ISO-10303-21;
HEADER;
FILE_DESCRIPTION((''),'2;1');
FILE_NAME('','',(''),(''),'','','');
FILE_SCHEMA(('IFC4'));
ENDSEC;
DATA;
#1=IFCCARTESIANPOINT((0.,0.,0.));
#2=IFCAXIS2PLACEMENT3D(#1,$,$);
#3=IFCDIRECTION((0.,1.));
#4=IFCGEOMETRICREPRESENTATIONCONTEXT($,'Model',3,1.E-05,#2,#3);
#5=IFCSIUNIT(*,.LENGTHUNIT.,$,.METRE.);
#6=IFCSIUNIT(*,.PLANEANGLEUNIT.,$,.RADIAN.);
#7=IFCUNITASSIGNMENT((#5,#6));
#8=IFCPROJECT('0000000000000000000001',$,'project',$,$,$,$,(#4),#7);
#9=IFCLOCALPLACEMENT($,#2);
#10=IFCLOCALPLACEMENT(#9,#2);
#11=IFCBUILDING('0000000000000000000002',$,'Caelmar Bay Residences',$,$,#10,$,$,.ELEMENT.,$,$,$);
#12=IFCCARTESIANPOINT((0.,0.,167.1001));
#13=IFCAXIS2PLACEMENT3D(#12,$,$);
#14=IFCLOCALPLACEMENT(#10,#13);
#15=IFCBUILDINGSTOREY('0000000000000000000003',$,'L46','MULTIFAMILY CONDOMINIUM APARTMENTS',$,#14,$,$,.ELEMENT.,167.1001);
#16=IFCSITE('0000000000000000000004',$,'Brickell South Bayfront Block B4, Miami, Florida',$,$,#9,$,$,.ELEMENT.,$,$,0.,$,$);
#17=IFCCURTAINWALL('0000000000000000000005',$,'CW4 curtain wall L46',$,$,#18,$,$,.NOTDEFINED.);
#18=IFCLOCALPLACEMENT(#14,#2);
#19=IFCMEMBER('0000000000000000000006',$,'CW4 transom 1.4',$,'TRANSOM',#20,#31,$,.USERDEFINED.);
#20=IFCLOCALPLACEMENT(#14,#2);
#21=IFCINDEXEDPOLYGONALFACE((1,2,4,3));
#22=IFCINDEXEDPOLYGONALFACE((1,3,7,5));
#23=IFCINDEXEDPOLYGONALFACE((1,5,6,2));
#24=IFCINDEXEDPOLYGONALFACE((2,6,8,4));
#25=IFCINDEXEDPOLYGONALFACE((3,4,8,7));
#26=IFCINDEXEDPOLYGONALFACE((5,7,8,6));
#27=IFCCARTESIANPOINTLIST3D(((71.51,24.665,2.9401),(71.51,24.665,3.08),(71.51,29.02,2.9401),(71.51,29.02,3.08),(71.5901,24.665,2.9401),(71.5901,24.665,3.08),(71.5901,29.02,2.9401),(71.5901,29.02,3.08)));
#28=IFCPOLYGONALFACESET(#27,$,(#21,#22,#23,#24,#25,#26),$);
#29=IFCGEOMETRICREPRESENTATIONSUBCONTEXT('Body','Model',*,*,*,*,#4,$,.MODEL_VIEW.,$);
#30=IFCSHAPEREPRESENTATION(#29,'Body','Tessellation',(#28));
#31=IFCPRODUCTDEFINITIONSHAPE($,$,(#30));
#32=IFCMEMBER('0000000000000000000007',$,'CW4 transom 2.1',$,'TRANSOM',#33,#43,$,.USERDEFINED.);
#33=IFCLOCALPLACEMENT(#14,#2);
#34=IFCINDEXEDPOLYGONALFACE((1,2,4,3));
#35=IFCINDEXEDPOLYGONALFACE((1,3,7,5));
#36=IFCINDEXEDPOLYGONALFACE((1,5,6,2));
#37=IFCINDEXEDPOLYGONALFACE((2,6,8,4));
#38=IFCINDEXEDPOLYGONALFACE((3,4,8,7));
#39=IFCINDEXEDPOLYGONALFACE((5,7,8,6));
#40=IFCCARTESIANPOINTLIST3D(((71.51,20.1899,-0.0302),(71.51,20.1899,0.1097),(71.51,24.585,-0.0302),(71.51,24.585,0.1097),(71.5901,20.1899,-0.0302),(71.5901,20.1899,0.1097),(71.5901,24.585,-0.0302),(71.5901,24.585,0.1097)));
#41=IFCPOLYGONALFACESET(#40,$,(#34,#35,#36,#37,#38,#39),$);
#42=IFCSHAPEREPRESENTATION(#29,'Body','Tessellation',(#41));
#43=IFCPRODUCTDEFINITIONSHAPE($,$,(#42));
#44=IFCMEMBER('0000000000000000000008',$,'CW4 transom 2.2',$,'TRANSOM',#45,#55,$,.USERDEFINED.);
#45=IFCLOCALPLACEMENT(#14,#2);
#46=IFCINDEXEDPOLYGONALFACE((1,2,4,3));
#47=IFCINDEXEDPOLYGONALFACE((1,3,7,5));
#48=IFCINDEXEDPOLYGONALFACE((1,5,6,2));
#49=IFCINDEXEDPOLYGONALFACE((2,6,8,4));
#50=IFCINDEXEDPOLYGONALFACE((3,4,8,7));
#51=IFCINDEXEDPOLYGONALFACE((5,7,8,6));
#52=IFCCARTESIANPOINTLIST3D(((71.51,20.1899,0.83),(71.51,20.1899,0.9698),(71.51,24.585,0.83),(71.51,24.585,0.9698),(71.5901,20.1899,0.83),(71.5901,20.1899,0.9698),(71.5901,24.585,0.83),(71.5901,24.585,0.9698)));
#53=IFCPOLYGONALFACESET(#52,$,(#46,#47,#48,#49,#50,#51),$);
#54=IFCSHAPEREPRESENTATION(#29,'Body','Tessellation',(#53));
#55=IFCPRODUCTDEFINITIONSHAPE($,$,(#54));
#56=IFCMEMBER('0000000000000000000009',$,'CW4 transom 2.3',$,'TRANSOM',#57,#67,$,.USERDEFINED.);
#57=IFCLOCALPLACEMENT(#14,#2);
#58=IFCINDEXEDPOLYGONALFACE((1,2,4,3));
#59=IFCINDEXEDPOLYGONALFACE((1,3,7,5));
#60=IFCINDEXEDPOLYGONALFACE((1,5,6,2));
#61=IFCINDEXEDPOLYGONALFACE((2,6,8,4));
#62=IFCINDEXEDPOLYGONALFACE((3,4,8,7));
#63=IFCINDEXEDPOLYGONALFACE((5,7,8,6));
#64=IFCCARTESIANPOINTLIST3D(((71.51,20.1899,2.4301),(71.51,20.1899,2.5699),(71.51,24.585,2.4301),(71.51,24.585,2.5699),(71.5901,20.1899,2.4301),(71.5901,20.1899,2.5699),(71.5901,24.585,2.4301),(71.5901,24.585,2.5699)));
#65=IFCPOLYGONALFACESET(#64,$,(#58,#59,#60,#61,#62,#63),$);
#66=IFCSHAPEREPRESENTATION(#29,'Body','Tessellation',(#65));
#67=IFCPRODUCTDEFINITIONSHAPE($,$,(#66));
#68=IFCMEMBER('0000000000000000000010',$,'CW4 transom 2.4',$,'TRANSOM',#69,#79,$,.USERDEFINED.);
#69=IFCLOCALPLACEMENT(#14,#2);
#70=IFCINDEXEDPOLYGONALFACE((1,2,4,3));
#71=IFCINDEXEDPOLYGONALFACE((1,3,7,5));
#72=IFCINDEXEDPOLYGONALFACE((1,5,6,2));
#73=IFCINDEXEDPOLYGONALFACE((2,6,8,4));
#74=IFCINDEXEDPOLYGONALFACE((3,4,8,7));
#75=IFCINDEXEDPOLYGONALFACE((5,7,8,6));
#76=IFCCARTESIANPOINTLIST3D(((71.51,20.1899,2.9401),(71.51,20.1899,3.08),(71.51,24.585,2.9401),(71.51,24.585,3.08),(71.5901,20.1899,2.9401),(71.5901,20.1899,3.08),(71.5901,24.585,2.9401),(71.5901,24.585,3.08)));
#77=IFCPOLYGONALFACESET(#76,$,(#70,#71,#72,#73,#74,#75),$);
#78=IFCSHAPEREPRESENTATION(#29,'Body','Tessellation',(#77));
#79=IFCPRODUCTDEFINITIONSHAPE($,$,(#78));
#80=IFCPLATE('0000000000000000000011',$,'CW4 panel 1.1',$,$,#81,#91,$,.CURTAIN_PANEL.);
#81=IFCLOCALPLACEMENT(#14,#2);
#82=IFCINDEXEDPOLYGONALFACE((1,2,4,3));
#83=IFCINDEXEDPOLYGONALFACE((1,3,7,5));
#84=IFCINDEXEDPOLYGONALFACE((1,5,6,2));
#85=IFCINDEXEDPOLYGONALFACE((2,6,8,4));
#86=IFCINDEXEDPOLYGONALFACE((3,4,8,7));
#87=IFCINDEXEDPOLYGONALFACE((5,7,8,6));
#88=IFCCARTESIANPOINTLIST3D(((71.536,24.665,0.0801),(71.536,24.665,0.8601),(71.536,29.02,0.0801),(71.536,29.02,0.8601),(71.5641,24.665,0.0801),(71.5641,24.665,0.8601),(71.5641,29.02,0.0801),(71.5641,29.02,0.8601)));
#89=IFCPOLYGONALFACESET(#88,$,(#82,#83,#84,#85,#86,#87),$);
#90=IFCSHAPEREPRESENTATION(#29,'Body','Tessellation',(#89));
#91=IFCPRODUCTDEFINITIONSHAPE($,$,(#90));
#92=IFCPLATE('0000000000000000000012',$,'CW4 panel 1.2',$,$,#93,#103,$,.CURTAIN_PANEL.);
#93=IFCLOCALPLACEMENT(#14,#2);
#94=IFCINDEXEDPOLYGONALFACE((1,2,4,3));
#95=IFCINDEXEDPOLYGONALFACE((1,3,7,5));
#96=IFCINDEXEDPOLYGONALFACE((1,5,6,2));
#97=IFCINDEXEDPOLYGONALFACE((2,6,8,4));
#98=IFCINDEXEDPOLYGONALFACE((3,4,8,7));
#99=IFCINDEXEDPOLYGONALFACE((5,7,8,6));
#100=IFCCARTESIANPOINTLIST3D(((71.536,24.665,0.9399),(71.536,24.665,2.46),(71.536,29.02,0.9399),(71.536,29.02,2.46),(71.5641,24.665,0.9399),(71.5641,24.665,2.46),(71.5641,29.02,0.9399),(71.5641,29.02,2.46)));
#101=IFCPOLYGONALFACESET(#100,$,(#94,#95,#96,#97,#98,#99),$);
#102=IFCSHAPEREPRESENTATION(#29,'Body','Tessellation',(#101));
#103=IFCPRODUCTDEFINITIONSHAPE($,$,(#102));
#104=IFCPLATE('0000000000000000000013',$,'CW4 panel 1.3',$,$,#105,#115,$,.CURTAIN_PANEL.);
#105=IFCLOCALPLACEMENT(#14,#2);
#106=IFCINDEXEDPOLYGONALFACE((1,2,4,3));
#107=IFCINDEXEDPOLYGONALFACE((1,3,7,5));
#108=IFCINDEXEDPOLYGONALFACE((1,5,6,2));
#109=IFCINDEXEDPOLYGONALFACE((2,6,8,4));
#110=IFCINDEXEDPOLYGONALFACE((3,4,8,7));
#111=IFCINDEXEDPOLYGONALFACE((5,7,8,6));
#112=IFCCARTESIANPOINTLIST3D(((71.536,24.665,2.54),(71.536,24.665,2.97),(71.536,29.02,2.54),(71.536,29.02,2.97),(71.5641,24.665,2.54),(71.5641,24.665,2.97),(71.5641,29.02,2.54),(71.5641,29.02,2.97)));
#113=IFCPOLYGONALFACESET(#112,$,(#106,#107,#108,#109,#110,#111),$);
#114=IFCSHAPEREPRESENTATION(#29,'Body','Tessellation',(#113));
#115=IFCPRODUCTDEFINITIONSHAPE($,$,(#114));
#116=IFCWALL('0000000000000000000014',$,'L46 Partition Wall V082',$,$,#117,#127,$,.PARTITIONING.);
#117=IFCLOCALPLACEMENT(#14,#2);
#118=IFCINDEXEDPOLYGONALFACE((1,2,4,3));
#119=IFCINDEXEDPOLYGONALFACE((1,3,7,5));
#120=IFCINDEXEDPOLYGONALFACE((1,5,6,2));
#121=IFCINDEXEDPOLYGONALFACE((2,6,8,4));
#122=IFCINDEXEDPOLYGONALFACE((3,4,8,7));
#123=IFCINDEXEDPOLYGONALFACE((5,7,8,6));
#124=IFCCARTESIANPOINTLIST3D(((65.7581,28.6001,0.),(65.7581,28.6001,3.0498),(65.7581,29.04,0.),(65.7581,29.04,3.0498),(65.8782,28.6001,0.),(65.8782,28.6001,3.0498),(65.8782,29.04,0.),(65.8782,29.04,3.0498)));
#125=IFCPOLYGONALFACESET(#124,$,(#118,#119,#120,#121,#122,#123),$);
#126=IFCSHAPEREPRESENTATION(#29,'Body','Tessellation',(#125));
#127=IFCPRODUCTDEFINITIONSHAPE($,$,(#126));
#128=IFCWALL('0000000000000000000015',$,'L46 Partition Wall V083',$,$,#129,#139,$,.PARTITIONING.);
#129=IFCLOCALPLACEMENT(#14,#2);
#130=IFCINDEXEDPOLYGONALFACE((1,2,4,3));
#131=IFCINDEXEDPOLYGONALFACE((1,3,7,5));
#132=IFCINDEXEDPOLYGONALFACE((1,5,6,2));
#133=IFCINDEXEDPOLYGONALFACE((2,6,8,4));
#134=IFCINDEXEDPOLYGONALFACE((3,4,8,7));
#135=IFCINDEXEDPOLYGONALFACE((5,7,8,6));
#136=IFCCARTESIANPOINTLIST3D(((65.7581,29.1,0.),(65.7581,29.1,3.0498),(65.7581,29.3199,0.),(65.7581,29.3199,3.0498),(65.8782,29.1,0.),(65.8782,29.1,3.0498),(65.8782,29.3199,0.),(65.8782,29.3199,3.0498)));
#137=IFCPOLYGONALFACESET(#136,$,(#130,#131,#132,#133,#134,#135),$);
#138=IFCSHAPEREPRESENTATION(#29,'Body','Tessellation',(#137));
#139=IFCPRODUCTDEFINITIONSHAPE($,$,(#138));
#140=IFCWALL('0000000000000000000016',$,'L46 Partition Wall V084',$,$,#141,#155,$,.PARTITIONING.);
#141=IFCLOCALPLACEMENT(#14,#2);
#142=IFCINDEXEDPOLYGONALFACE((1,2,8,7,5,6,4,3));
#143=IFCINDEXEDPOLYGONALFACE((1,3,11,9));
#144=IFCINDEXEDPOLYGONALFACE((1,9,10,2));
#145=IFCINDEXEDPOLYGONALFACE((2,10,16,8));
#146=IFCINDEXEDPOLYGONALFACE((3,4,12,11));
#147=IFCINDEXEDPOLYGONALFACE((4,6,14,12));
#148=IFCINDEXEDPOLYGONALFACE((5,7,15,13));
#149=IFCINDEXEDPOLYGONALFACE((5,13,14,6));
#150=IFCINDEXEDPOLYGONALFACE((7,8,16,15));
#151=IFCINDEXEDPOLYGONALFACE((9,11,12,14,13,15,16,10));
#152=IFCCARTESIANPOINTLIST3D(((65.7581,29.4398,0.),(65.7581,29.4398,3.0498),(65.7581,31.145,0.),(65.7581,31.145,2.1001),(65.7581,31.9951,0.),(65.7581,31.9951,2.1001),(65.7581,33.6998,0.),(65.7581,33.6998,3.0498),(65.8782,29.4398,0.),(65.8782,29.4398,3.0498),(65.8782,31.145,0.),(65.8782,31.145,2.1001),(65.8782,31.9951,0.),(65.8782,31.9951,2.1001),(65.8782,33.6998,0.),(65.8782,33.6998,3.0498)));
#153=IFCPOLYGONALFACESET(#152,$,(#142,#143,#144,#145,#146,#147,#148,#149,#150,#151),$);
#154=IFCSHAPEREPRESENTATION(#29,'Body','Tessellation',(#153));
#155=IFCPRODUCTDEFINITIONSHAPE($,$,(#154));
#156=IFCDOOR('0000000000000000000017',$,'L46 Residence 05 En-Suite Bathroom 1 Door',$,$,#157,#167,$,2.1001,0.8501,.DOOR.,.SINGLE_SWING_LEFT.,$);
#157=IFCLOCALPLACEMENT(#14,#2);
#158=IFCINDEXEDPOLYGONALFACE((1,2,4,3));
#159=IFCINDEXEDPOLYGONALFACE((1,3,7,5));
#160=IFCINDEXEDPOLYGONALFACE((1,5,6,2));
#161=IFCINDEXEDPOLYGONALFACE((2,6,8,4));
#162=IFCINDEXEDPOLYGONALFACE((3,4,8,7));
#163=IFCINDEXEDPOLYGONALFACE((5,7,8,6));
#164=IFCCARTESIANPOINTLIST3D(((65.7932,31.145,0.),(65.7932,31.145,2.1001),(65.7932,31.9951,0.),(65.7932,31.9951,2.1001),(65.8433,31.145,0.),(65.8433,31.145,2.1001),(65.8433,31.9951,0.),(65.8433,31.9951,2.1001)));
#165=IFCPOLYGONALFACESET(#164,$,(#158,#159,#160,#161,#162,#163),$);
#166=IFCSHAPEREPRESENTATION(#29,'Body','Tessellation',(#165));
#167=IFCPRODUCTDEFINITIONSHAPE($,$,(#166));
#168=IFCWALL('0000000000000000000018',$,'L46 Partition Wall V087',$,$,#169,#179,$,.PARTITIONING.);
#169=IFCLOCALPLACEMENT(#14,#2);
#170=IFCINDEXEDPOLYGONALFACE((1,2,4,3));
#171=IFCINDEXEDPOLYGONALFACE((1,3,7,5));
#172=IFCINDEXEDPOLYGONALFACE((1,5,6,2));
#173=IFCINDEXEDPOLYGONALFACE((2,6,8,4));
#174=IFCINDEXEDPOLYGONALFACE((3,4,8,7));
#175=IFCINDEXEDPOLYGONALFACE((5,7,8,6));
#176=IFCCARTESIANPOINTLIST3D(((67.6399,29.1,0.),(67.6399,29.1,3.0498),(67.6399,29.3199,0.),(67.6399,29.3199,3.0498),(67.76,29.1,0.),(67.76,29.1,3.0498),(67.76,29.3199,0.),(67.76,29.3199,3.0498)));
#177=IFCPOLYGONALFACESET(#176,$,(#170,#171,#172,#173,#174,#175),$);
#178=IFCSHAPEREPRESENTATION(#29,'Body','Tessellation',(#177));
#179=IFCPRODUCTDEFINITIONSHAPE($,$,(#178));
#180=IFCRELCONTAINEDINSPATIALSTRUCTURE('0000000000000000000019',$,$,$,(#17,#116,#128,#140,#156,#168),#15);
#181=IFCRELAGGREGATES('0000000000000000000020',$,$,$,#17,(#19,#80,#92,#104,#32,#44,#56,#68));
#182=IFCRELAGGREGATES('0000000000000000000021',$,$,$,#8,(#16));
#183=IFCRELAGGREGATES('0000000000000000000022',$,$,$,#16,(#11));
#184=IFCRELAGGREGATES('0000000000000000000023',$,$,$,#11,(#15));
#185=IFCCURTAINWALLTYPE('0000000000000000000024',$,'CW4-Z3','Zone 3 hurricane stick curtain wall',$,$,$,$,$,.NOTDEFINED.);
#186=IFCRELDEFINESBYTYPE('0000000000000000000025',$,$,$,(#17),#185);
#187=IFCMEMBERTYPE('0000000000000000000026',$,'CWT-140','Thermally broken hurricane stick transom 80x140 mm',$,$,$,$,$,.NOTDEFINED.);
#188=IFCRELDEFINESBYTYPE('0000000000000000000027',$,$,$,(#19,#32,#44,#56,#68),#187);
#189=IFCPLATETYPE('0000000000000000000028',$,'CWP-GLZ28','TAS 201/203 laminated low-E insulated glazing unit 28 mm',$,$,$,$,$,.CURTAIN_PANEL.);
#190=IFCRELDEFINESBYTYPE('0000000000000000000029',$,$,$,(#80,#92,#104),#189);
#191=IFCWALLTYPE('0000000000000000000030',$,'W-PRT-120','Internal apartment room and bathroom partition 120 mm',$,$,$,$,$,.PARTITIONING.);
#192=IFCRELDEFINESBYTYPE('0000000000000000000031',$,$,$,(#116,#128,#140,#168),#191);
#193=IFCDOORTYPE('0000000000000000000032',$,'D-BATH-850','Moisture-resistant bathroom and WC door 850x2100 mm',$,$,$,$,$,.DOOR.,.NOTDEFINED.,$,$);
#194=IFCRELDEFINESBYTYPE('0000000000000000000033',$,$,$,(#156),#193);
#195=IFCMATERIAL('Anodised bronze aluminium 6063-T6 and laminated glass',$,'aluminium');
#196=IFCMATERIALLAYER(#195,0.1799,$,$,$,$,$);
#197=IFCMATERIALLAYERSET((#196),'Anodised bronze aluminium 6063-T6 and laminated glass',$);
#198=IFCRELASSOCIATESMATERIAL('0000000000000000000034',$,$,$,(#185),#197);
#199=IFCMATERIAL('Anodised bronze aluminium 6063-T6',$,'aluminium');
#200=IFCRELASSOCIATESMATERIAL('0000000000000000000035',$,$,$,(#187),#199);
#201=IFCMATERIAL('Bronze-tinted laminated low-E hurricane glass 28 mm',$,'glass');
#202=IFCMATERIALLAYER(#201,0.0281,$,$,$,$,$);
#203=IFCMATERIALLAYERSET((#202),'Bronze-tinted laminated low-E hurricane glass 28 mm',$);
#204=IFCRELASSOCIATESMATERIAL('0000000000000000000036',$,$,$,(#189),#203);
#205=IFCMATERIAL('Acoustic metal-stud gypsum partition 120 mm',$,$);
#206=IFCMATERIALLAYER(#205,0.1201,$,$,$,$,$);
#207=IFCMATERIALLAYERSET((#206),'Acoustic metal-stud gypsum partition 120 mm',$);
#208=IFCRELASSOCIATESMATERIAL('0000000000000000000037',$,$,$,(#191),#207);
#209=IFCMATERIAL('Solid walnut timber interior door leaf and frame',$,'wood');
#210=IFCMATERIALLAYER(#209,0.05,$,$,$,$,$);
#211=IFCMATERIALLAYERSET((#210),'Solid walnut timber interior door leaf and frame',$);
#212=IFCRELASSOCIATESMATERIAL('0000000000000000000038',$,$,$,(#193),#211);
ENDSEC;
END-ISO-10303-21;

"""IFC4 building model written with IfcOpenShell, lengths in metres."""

from ifc_helpers import new_model, si_unit, direction, frame, frame_2d, origin, origin_2d, place, context, subcontext, project, spatial, rectangle, extrude, material, layer, layer_set, material_profile, profile_set, type_object, element, fill, aggregate, save


model = new_model("IFC4")

# Units and contexts
model_context = context("Model", 3, precision=1e-05, world=origin(), true_north=direction((0.0, 1.0)))
body_context = subcontext(model_context, "Body", "Model", "MODEL_VIEW")
ifc_project = project(units=[si_unit("LENGTHUNIT", "METRE"), si_unit("PLANEANGLEUNIT", "RADIAN")], contexts=[model_context])

# Site, building, storey
site_placement = place(None, origin())
site = spatial("IfcSite", under=ifc_project, at=site_placement, Name="Brickell South Bayfront Block B4, Miami, Florida", CompositionType="ELEMENT", RefElevation=0.0)
building_placement = place(site_placement, origin())
building = spatial("IfcBuilding", under=site, at=building_placement, Name="Caelmar Bay Residences", CompositionType="ELEMENT")
storey_placement = place(building_placement, frame((0.0, 0.0, 167.1001)))
storey = spatial("IfcBuildingStorey", under=building, at=storey_placement, Name="L46", Description="MULTIFAMILY CONDOMINIUM APARTMENTS", CompositionType="ELEMENT", Elevation=167.1001)

# Curtain wall, members, plates
ifc_material_1 = material(Name="Anodised bronze aluminium 6063-T6 and laminated glass", Category="aluminium")
ifc_layer_1 = layer(ifc_material_1, 0.1799)
ifc_layer_set_1 = layer_set([ifc_layer_1], Name="Anodised bronze aluminium 6063-T6 and laminated glass")
curtain_wall_type = type_object("IfcCurtainWallType", Name="CW4-Z3", Description="Zone 3 hurricane stick curtain wall", PredefinedType="NOTDEFINED", material=ifc_layer_set_1)
curtain_wall_placement = place(storey_placement, origin())
curtain_wall = element("IfcCurtainWall", 1, at=curtain_wall_placement, inside=storey, type_object=curtain_wall_type, Name="CW4 curtain wall L46", PredefinedType="NOTDEFINED")
ifc_material_2 = material(Name="Anodised bronze aluminium 6063-T6", Category="aluminium")
ifc_material_profile_1 = material_profile(ifc_material_2, rectangle(XDim=0.0801, YDim=0.1399, at=origin_2d()), Name="CWT-80X140")
ifc_profile_set_1 = profile_set([ifc_material_profile_1], Name="Anodised bronze aluminium 6063-T6")
member_type_1 = type_object("IfcMemberType", Name="CWT-140", Description="Thermally broken hurricane stick transom 80x140 mm", PredefinedType="NOTDEFINED", material=ifc_profile_set_1)
member_1_placement = place(storey_placement, frame((71.55, 29.02, 3.01), z_axis=(0.0, -1.0, 0.0), x_axis=(1.0, 0.0, 0.0)))
member_1 = element("IfcMember", 2, at=member_1_placement, type_object=member_type_1, Name="CW4 transom 1.4", ObjectType="TRANSOM", PredefinedType="USERDEFINED", context=body_context, shape_type="SweptSolid", body=[
    extrude(rectangle(XDim=0.0801, YDim=0.1399, at=origin_2d()), origin(), (0.0, 0.0, 1.0), 4.355),
])
member_2_placement = place(storey_placement, frame((71.55, 24.585, 0.0398), z_axis=(0.0, -1.0, 0.0), x_axis=(1.0, 0.0, 0.0)))
member_2 = element("IfcMember", 3, at=member_2_placement, type_object=member_type_1, Name="CW4 transom 2.1", ObjectType="TRANSOM", PredefinedType="USERDEFINED", context=body_context, shape_type="SweptSolid", body=[
    extrude(rectangle(XDim=0.0801, YDim=0.1399, at=origin_2d()), origin(), (0.0, 0.0, 1.0), 4.395),
])
member_3_placement = place(storey_placement, frame((71.55, 24.585, 0.8999), z_axis=(0.0, -1.0, 0.0), x_axis=(1.0, 0.0, 0.0)))
member_3 = element("IfcMember", 4, at=member_3_placement, type_object=member_type_1, Name="CW4 transom 2.2", ObjectType="TRANSOM", PredefinedType="USERDEFINED", context=body_context, shape_type="SweptSolid", body=[
    extrude(rectangle(XDim=0.0801, YDim=0.1399, at=origin_2d()), origin(), (0.0, 0.0, 1.0), 4.395),
])
member_4_placement = place(storey_placement, frame((71.55, 24.585, 2.5), z_axis=(0.0, -1.0, 0.0), x_axis=(1.0, 0.0, 0.0)))
member_4 = element("IfcMember", 5, at=member_4_placement, type_object=member_type_1, Name="CW4 transom 2.3", ObjectType="TRANSOM", PredefinedType="USERDEFINED", context=body_context, shape_type="SweptSolid", body=[
    extrude(rectangle(XDim=0.0801, YDim=0.1399, at=origin_2d()), origin(), (0.0, 0.0, 1.0), 4.395),
])
member_5_placement = place(storey_placement, frame((71.55, 24.585, 3.01), z_axis=(0.0, -1.0, 0.0), x_axis=(1.0, 0.0, 0.0)))
member_5 = element("IfcMember", 6, at=member_5_placement, type_object=member_type_1, Name="CW4 transom 2.4", ObjectType="TRANSOM", PredefinedType="USERDEFINED", context=body_context, shape_type="SweptSolid", body=[
    extrude(rectangle(XDim=0.0801, YDim=0.1399, at=origin_2d()), origin(), (0.0, 0.0, 1.0), 4.395),
])
ifc_material_3 = material(Name="Bronze-tinted laminated low-E hurricane glass 28 mm", Category="glass")
ifc_layer_2 = layer(ifc_material_3, 0.0281)
ifc_layer_set_2 = layer_set([ifc_layer_2], Name="Bronze-tinted laminated low-E hurricane glass 28 mm")
plate_type = type_object("IfcPlateType", Name="CWP-GLZ28", Description="TAS 201/203 laminated low-E insulated glazing unit 28 mm", PredefinedType="CURTAIN_PANEL", material=ifc_layer_set_2)
plate_1_placement = place(storey_placement, frame((71.55, 26.8425, 0.0801), z_axis=(0.0, 0.0, 1.0), x_axis=(0.0, -1.0, 0.0)))
plate_1 = element("IfcPlate", 7, at=plate_1_placement, type_object=plate_type, Name="CW4 panel 1.1", PredefinedType="CURTAIN_PANEL", context=body_context, shape_type="SweptSolid", body=[
    extrude(rectangle(XDim=4.355, YDim=0.0281, at=origin_2d()), origin(), (0.0, 0.0, 1.0), 0.78),
])
plate_2_placement = place(storey_placement, frame((71.55, 26.8425, 0.9399), z_axis=(0.0, 0.0, 1.0), x_axis=(0.0, -1.0, 0.0)))
plate_2 = element("IfcPlate", 8, at=plate_2_placement, type_object=plate_type, Name="CW4 panel 1.2", PredefinedType="CURTAIN_PANEL", context=body_context, shape_type="SweptSolid", body=[
    extrude(rectangle(XDim=4.355, YDim=0.0281, at=origin_2d()), origin(), (0.0, 0.0, 1.0), 1.52),
])
plate_3_placement = place(storey_placement, frame((71.55, 26.8425, 2.54), z_axis=(0.0, 0.0, 1.0), x_axis=(0.0, -1.0, 0.0)))
plate_3 = element("IfcPlate", 9, at=plate_3_placement, type_object=plate_type, Name="CW4 panel 1.3", PredefinedType="CURTAIN_PANEL", context=body_context, shape_type="SweptSolid", body=[
    extrude(rectangle(XDim=4.355, YDim=0.0281, at=origin_2d()), origin(), (0.0, 0.0, 1.0), 0.4299),
])
aggregate(curtain_wall, [member_1, plate_1, plate_2, plate_3, member_2, member_3, member_4, member_5])

# Walls
ifc_material_4 = material(Name="Acoustic metal-stud gypsum partition 120 mm")
ifc_layer_3 = layer(ifc_material_4, 0.1201)
ifc_layer_set_3 = layer_set([ifc_layer_3], Name="Acoustic metal-stud gypsum partition 120 mm")
wall_type = type_object("IfcWallType", Name="W-PRT-120", Description="Internal apartment room and bathroom partition 120 mm", PredefinedType="PARTITIONING", material=ifc_layer_set_3)
wall_1_placement = place(storey_placement, frame((65.8181, 28.6001, 0.0), z_axis=(0.0, 0.0, 1.0), x_axis=(0.0, 1.0, 0.0)))
element("IfcWall", 10, at=wall_1_placement, inside=storey, type_object=wall_type, Name="L46 Partition Wall V082", PredefinedType="PARTITIONING", context=body_context, shape_type="SweptSolid", body=[
    extrude(rectangle(XDim=0.4399, YDim=0.1201, at=frame_2d((0.22, 0.0))), origin(), (0.0, 0.0, 1.0), 3.0498),
])
wall_2_placement = place(storey_placement, frame((65.8181, 29.1001, 0.0), z_axis=(0.0, 0.0, 1.0), x_axis=(0.0, 1.0, 0.0)))
element("IfcWall", 11, at=wall_2_placement, inside=storey, type_object=wall_type, Name="L46 Partition Wall V083", PredefinedType="PARTITIONING", context=body_context, shape_type="SweptSolid", body=[
    extrude(rectangle(XDim=0.22, YDim=0.1201, at=frame_2d((0.1099, 0.0))), origin(), (0.0, 0.0, 1.0), 3.0498),
])

# Wall, opening, door
wall_3_placement = place(storey_placement, frame((65.8181, 29.4399, 0.0), z_axis=(0.0, 0.0, 1.0), x_axis=(0.0, 1.0, 0.0)))
wall_3 = element("IfcWall", 12, at=wall_3_placement, inside=storey, type_object=wall_type, Name="L46 Partition Wall V084", PredefinedType="PARTITIONING", context=body_context, shape_type="SweptSolid", body=[
    extrude(rectangle(XDim=4.26, YDim=0.1201, at=frame_2d((2.1299, 0.0))), origin(), (0.0, 0.0, 1.0), 3.0498),
])
opening_1_placement = place(wall_3_placement, frame((1.7051, 0.0, 0.0)))
opening_1 = element("IfcOpeningElement", 13, at=opening_1_placement, cuts=wall_3, PredefinedType="OPENING", context=body_context, shape_type="SweptSolid", body=[
    extrude(rectangle(XDim=0.8501, YDim=2.1001, at=frame_2d((0.425, 1.05))), frame((0.0, 0.0701, 0.0), z_axis=(0.0, -1.0, 0.0), x_axis=(1.0, 0.0, 0.0)), (0.0, 0.0, 1.0), 0.1401),
])
ifc_material_5 = material(Name="Solid walnut timber interior door leaf and frame", Category="wood")
ifc_layer_4 = layer(ifc_material_5, 0.05)
ifc_layer_set_4 = layer_set([ifc_layer_4], Name="Solid walnut timber interior door leaf and frame")
door_type_1 = type_object("IfcDoorType", Name="D-BATH-850", Description="Moisture-resistant bathroom and WC door 850x2100 mm", OperationType="NOTDEFINED", PredefinedType="DOOR", material=ifc_layer_set_4)
door_1_placement = place(opening_1_placement, origin())
door_1 = element("IfcDoor", 14, at=door_1_placement, inside=storey, type_object=door_type_1, Name="L46 Residence 05 En-Suite Bathroom 1 Door", OperationType="SINGLE_SWING_LEFT", OverallHeight=2.1001, OverallWidth=0.8501, PredefinedType="DOOR", context=body_context, shape_type="SweptSolid", body=[
    extrude(rectangle(XDim=0.8501, YDim=2.1001, at=frame_2d((0.425, 1.05))), frame((0.0, 0.0249, 0.0), z_axis=(0.0, -1.0, 0.0), x_axis=(1.0, 0.0, 0.0)), (0.0, 0.0, 1.0), 0.05),
])
fill(opening_1, door_1)

# Wall
wall_4_placement = place(storey_placement, frame((67.7, 29.1001, 0.0), z_axis=(0.0, 0.0, 1.0), x_axis=(0.0, 1.0, 0.0)))
element("IfcWall", 15, at=wall_4_placement, inside=storey, type_object=wall_type, Name="L46 Partition Wall V087", PredefinedType="PARTITIONING", context=body_context, shape_type="SweptSolid", body=[
    extrude(rectangle(XDim=0.22, YDim=0.1201, at=frame_2d((0.1099, 0.0))), origin(), (0.0, 0.0, 1.0), 3.0498),
])

save(model, "model.ifc")
